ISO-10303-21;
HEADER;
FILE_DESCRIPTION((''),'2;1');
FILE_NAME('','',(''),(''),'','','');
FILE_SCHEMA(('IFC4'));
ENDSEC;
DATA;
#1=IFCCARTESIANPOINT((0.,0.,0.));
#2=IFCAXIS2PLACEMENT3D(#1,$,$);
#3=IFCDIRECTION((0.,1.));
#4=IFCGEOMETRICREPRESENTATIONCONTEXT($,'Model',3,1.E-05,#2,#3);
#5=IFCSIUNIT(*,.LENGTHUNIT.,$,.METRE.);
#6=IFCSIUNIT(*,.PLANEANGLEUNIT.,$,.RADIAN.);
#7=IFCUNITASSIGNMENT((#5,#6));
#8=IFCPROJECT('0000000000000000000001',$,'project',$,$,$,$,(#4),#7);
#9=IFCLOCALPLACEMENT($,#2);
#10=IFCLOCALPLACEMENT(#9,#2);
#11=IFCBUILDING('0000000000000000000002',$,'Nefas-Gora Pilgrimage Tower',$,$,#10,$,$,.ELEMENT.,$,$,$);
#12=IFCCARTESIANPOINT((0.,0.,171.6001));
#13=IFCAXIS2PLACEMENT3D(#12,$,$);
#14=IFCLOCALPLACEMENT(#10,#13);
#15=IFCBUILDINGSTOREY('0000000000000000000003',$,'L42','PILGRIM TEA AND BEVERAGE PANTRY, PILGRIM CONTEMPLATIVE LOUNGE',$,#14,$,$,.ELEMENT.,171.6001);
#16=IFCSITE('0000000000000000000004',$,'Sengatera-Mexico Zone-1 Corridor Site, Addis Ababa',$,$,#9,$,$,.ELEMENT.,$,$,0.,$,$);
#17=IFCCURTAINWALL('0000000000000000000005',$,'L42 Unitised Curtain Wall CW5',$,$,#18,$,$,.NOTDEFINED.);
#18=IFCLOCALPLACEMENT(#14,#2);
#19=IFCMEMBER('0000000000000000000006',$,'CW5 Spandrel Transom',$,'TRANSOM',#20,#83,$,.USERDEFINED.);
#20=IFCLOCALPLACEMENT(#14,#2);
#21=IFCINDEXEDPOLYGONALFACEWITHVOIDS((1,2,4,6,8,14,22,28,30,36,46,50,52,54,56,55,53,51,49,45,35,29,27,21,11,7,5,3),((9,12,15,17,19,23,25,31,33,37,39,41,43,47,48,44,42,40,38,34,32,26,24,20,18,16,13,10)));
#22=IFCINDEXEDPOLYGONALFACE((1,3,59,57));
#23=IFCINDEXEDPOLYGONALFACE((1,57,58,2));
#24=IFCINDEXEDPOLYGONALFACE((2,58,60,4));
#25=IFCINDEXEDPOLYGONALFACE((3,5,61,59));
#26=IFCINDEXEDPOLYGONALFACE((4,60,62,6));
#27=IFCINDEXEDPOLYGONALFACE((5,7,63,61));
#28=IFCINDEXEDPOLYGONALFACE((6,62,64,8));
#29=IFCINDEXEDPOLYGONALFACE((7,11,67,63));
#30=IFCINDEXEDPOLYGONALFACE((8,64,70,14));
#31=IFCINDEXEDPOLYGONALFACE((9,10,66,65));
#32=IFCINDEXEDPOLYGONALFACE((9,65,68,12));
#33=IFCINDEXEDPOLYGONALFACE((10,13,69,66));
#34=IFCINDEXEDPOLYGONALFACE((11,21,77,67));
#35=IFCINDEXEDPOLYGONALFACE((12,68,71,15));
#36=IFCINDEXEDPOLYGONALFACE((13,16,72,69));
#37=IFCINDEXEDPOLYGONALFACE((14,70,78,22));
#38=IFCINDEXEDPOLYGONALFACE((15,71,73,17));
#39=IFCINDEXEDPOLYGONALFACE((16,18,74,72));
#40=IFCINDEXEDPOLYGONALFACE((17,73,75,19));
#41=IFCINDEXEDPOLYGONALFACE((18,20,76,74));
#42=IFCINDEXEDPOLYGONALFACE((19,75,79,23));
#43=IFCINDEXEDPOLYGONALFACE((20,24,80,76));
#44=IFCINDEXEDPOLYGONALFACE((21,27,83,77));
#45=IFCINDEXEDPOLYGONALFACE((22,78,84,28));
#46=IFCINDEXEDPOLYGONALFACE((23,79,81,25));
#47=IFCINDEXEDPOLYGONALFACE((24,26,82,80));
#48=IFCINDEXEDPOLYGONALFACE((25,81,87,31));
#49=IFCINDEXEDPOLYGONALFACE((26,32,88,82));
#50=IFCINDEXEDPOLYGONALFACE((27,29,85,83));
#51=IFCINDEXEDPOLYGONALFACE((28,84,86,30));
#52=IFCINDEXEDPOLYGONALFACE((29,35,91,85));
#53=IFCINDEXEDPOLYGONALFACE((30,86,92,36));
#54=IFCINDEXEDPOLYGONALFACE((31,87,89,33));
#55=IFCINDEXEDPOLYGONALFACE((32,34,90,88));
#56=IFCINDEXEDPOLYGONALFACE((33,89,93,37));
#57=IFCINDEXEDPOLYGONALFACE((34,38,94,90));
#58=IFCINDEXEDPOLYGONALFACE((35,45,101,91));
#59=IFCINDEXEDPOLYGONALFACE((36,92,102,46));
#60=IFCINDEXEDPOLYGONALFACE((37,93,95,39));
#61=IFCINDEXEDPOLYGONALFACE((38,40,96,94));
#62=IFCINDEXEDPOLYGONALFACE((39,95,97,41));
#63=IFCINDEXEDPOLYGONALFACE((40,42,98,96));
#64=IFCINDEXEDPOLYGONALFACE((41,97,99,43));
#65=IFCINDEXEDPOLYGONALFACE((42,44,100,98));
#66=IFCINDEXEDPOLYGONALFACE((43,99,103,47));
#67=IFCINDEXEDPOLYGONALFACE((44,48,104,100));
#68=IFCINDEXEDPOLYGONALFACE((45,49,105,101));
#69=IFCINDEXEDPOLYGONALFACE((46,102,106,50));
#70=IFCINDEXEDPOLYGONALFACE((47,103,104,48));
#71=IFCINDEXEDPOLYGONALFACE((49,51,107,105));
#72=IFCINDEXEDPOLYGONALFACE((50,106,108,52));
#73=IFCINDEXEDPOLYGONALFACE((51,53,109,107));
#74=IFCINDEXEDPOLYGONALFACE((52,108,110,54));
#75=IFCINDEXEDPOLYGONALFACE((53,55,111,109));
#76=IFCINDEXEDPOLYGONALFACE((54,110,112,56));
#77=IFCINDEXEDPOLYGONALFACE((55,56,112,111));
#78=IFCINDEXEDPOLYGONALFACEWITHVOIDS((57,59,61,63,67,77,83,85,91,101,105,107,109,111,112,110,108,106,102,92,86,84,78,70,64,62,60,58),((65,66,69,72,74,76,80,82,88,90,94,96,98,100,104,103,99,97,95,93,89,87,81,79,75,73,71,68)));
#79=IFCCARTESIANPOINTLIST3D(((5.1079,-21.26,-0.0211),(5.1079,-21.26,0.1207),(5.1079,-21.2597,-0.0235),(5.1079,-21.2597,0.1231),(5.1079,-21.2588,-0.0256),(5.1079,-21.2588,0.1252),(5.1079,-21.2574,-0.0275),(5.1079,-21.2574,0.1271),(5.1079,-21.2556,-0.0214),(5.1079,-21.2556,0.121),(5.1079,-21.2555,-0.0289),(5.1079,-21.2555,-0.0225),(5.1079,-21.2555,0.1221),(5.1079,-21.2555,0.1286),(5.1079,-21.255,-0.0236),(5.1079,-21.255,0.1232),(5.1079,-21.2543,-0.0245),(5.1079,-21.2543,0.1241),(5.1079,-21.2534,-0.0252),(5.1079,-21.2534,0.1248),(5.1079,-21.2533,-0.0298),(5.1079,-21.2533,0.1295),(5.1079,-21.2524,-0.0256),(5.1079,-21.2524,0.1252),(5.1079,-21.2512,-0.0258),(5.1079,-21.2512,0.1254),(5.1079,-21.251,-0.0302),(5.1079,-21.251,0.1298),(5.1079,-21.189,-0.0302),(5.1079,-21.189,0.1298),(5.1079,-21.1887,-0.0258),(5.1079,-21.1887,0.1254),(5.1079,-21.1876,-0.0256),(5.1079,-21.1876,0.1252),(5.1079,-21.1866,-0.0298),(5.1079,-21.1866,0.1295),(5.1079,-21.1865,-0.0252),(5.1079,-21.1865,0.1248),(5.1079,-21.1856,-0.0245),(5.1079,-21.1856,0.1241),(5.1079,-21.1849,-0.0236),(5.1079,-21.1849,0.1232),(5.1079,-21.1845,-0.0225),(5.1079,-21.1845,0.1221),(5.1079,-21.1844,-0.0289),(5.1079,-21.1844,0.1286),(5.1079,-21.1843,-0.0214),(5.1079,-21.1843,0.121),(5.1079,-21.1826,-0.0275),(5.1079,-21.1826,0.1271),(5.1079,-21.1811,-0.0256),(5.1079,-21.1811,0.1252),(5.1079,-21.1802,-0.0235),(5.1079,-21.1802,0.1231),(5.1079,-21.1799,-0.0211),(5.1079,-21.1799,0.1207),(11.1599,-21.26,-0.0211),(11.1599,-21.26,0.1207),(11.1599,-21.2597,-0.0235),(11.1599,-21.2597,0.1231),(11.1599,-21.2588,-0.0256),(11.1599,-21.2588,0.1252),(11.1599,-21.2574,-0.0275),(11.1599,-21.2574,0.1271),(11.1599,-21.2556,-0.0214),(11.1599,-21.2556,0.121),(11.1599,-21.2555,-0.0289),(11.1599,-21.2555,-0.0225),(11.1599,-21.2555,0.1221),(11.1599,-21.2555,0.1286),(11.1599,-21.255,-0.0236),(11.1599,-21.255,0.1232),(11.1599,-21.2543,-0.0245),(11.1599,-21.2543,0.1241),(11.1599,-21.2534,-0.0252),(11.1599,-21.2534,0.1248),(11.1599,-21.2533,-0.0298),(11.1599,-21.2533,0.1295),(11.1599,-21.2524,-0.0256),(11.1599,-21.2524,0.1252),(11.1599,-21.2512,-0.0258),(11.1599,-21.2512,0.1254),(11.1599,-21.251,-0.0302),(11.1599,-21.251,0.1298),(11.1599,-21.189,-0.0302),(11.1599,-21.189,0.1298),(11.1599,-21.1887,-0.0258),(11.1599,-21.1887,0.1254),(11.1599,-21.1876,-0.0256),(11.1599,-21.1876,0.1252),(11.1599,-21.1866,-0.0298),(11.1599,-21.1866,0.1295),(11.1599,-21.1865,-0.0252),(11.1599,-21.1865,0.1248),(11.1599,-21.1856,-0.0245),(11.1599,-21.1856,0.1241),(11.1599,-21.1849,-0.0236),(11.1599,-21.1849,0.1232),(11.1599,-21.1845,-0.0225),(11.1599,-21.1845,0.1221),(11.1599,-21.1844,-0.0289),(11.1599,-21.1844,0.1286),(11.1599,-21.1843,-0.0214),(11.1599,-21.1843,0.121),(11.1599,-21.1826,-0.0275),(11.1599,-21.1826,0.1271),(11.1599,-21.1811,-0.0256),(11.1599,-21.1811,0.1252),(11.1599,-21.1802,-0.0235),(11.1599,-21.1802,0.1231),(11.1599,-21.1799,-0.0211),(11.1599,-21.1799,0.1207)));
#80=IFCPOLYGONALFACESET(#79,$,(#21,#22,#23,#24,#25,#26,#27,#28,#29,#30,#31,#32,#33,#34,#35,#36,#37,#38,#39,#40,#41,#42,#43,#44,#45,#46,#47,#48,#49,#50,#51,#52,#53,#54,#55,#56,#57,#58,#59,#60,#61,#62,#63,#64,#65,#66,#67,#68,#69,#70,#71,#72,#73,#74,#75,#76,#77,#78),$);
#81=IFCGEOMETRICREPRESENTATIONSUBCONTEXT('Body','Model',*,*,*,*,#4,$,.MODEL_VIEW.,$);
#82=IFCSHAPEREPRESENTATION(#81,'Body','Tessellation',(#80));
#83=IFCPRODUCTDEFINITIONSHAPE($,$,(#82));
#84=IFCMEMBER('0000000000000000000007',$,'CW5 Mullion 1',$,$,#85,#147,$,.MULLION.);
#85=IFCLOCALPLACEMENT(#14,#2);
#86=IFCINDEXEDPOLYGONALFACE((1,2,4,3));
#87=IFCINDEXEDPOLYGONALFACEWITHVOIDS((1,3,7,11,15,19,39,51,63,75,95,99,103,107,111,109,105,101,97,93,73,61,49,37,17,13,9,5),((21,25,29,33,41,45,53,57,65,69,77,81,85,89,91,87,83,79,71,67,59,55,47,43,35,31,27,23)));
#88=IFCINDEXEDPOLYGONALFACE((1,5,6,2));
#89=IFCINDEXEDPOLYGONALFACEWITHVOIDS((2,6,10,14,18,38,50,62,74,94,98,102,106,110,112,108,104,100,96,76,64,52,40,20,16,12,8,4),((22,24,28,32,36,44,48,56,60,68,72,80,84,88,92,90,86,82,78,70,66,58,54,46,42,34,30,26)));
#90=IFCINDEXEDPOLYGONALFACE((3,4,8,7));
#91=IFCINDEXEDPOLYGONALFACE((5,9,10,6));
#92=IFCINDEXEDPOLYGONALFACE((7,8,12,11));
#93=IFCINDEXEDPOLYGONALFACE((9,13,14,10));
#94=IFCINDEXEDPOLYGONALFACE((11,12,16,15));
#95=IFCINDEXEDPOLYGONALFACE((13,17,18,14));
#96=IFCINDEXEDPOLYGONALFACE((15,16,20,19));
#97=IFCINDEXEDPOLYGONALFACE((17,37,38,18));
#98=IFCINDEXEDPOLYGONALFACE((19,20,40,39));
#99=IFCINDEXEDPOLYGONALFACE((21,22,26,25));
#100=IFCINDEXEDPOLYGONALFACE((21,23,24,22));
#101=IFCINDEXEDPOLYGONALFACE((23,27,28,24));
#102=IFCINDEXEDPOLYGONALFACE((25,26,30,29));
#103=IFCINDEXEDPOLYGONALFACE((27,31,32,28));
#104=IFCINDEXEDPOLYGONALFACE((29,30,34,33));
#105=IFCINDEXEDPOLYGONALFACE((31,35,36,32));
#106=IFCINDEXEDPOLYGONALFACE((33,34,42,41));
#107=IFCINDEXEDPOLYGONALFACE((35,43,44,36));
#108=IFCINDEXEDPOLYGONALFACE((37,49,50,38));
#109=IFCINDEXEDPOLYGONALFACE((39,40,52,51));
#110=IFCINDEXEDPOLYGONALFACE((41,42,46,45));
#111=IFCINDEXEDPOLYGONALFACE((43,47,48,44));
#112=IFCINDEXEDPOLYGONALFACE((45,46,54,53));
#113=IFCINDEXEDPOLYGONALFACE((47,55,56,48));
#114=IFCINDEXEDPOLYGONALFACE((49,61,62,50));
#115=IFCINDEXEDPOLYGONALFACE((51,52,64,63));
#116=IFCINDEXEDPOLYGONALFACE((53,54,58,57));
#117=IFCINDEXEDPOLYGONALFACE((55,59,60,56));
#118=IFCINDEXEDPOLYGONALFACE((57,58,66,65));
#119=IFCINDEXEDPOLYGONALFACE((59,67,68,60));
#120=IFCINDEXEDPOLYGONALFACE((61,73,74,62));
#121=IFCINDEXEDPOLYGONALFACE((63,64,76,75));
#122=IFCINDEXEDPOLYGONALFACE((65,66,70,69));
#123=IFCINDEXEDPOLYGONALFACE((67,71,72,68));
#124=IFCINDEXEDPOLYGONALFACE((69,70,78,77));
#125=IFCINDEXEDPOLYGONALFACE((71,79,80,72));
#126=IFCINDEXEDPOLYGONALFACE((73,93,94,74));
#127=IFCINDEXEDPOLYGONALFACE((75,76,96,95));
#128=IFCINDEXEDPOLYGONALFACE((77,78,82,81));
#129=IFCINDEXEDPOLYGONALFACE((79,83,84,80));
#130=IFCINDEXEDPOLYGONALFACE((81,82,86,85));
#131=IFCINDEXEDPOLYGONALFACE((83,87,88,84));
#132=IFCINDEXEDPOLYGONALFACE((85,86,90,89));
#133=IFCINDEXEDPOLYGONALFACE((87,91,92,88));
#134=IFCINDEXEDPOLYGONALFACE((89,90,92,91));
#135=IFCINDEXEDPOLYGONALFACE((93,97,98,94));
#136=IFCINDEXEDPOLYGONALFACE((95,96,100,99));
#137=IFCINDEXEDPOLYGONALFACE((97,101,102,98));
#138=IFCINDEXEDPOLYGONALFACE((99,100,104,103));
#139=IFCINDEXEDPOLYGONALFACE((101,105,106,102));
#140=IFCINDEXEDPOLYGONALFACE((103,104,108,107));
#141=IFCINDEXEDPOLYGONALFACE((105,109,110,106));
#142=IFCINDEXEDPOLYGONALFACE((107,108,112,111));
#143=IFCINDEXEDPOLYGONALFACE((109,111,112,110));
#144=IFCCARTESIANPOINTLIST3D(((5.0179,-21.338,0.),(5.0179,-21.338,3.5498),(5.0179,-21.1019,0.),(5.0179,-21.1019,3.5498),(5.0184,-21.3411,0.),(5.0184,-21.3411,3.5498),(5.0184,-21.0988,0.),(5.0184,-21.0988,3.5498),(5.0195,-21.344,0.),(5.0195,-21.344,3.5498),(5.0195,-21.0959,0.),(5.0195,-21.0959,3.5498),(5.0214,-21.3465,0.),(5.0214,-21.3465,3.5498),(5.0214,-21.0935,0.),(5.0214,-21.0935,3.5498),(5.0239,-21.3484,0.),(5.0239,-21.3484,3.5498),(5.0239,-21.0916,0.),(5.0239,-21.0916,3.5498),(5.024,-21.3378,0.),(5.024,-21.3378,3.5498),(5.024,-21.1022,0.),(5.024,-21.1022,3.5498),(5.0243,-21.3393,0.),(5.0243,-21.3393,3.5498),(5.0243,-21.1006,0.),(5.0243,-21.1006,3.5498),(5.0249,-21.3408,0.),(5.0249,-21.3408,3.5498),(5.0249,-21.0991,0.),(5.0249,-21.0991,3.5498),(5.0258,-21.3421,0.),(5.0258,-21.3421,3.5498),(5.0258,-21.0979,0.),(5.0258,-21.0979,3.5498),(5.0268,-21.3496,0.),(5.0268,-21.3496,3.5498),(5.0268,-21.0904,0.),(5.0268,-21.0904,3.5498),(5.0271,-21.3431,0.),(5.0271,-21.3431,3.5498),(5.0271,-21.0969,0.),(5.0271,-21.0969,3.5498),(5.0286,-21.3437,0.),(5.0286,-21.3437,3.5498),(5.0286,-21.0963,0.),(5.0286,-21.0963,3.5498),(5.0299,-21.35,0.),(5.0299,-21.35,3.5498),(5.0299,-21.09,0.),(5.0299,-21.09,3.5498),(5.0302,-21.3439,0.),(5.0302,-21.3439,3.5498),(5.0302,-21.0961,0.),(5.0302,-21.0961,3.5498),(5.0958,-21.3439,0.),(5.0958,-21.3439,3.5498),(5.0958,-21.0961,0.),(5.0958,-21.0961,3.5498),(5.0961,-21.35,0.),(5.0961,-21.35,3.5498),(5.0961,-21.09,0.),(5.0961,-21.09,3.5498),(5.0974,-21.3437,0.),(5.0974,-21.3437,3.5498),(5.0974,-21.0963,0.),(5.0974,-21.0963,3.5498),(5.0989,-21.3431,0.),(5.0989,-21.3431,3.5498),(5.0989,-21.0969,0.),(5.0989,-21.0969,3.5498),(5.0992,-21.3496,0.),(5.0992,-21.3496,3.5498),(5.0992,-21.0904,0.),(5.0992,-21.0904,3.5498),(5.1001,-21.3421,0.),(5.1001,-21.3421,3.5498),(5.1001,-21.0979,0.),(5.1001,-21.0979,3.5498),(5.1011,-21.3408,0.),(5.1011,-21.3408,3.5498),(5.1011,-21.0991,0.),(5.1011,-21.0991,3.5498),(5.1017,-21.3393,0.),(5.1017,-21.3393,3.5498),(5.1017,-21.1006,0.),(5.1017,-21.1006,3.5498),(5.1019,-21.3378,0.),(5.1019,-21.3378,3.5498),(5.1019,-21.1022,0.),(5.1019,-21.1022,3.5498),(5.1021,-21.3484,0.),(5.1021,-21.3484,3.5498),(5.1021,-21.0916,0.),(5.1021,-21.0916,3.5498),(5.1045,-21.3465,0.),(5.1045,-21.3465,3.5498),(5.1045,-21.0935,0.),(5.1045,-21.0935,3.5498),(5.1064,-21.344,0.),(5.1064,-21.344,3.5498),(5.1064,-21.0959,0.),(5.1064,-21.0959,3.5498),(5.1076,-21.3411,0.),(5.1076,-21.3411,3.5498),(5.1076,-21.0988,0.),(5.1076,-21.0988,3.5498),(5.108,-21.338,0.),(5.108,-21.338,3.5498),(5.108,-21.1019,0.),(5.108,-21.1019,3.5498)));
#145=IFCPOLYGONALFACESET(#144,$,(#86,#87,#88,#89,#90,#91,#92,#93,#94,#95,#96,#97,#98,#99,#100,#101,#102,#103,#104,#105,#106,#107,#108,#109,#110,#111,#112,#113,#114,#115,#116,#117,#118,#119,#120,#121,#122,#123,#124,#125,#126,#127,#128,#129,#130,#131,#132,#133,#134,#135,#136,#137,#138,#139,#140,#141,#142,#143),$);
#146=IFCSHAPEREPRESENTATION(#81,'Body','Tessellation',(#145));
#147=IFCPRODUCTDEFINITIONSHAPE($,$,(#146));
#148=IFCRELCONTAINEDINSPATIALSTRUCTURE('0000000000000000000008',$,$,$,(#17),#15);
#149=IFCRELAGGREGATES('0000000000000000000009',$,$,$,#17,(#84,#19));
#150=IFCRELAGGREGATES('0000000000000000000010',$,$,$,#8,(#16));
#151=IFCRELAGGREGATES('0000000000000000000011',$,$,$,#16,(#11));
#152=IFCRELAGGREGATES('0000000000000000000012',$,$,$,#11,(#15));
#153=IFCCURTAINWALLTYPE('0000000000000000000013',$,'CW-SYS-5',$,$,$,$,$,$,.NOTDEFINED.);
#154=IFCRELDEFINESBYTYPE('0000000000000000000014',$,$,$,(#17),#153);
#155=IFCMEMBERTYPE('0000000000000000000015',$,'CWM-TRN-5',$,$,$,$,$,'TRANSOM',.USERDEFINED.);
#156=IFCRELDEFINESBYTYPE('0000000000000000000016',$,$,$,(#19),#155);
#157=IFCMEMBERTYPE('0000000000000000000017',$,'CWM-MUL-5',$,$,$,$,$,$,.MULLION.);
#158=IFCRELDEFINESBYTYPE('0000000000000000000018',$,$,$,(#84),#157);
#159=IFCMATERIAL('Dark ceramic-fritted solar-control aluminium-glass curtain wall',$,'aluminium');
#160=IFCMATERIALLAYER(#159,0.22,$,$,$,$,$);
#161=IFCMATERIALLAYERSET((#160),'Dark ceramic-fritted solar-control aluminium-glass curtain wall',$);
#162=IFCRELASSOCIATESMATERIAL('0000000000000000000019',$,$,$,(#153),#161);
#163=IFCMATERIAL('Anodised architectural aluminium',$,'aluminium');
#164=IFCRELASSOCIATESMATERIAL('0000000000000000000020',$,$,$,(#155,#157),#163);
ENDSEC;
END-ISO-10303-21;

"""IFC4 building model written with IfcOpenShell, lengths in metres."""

from ifc_helpers import new_model, si_unit, direction, frame, origin, origin_2d, place, context, subcontext, project, spatial, hollow_rectangle, extrude, source, transform, mapped, material, layer, layer_set, material_profile, profile_set, type_object, element, aggregate, save


model = new_model("IFC4")

# Units and contexts
model_context = context("Model", 3, precision=1e-05, world=origin(), true_north=direction((0.0, 1.0)))
body_context = subcontext(model_context, "Body", "Model", "MODEL_VIEW")
ifc_project = project(units=[si_unit("LENGTHUNIT", "METRE"), si_unit("PLANEANGLEUNIT", "RADIAN")], contexts=[model_context])

# Site, building, storey
site_placement = place(None, origin())
site = spatial("IfcSite", under=ifc_project, at=site_placement, Name="Sengatera-Mexico Zone-1 Corridor Site, Addis Ababa", CompositionType="ELEMENT", RefElevation=0.0)
building_placement = place(site_placement, origin())
building = spatial("IfcBuilding", under=site, at=building_placement, Name="Nefas-Gora Pilgrimage Tower", CompositionType="ELEMENT")
storey_placement = place(building_placement, frame((0.0, 0.0, 171.6001)))
storey = spatial("IfcBuildingStorey", under=building, at=storey_placement, Name="L42", Description="PILGRIM TEA AND BEVERAGE PANTRY, PILGRIM CONTEMPLATIVE LOUNGE", CompositionType="ELEMENT", Elevation=171.6001)

# Curtain wall, members
ifc_material_1 = material(Name="Dark ceramic-fritted solar-control aluminium-glass curtain wall", Category="aluminium")
ifc_layer_1 = layer(ifc_material_1, 0.22)
ifc_layer_set_1 = layer_set([ifc_layer_1], Name="Dark ceramic-fritted solar-control aluminium-glass curtain wall")
curtain_wall_type = type_object("IfcCurtainWallType", Name="CW-SYS-5", PredefinedType="NOTDEFINED", material=ifc_layer_set_1)
curtain_wall_1_placement = place(storey_placement, origin())
curtain_wall_1 = element("IfcCurtainWall", 1, at=curtain_wall_1_placement, inside=storey, type_object=curtain_wall_type, Name="L42 Unitised Curtain Wall CW5", PredefinedType="NOTDEFINED")
ifc_material_2 = material(Name="Anodised architectural aluminium", Category="aluminium")
ifc_material_profile_1 = material_profile(ifc_material_2, hollow_rectangle(XDim=0.0801, YDim=0.1599, WallThickness=0.0044, InnerFilletRadius=0.0044, OuterFilletRadius=0.009, at=origin_2d()), Name="ALU TRANSOM 80x160")
ifc_profile_set_1 = profile_set([ifc_material_profile_1], Name="Anodised architectural aluminium")
member_type_1 = type_object("IfcMemberType", Name="CWM-TRN-5", ElementType="TRANSOM", PredefinedType="USERDEFINED", material=ifc_profile_set_1)
shared_shape_1 = source(origin(), body_context, "Body", "SweptSolid", [
    extrude(hollow_rectangle(XDim=0.0801, YDim=0.1599, WallThickness=0.0044, InnerFilletRadius=0.0044, OuterFilletRadius=0.009, at=origin_2d()), origin(), (0.0, 0.0, 1.0), 6.052),
])
member_1_placement = place(storey_placement, frame((5.1079, -21.22, 0.0498), z_axis=(1.0, 0.0, 0.0), x_axis=(0.0, 1.0, 0.0)))
member_1 = element("IfcMember", 2, at=member_1_placement, type_object=member_type_1, Name="CW5 Spandrel Transom", ObjectType="TRANSOM", PredefinedType="USERDEFINED", context=body_context, shape_type="MappedRepresentation", body=[
    mapped(shared_shape_1, transform((0.0, 0.0, 0.0), x_axis=(1.0, 0.0, 0.0), y_axis=(0.0, 1.0, 0.0), z_axis=(0.0, 0.0, 1.0), scale=1.0)),
])
ifc_material_profile_2 = material_profile(ifc_material_2, hollow_rectangle(XDim=0.0901, YDim=0.26, WallThickness=0.0061, InnerFilletRadius=0.0061, OuterFilletRadius=0.012, at=origin_2d()), Name="ALU MULLION 90x260")
ifc_profile_set_2 = profile_set([ifc_material_profile_2], Name="Anodised architectural aluminium")
member_type_2 = type_object("IfcMemberType", Name="CWM-MUL-5", PredefinedType="MULLION", material=ifc_profile_set_2)
shared_shape_2 = source(origin(), body_context, "Body", "SweptSolid", [
    extrude(hollow_rectangle(XDim=0.0901, YDim=0.26, WallThickness=0.0061, InnerFilletRadius=0.0061, OuterFilletRadius=0.012, at=origin_2d()), origin(), (0.0, 0.0, 1.0), 3.5498),
])
member_2_placement = place(storey_placement, frame((5.063, -21.22, 0.0), z_axis=(0.0, 0.0, 1.0), x_axis=(1.0, 0.0, 0.0)))
member_2 = element("IfcMember", 3, at=member_2_placement, type_object=member_type_2, Name="CW5 Mullion 1", PredefinedType="MULLION", context=body_context, shape_type="MappedRepresentation", body=[
    mapped(shared_shape_2, transform((0.0, 0.0, 0.0), x_axis=(1.0, 0.0, 0.0), y_axis=(0.0, 1.0, 0.0), z_axis=(0.0, 0.0, 1.0), scale=1.0)),
])

aggregate(curtain_wall_1, [member_2, member_1])

save(model, "model.ifc")
